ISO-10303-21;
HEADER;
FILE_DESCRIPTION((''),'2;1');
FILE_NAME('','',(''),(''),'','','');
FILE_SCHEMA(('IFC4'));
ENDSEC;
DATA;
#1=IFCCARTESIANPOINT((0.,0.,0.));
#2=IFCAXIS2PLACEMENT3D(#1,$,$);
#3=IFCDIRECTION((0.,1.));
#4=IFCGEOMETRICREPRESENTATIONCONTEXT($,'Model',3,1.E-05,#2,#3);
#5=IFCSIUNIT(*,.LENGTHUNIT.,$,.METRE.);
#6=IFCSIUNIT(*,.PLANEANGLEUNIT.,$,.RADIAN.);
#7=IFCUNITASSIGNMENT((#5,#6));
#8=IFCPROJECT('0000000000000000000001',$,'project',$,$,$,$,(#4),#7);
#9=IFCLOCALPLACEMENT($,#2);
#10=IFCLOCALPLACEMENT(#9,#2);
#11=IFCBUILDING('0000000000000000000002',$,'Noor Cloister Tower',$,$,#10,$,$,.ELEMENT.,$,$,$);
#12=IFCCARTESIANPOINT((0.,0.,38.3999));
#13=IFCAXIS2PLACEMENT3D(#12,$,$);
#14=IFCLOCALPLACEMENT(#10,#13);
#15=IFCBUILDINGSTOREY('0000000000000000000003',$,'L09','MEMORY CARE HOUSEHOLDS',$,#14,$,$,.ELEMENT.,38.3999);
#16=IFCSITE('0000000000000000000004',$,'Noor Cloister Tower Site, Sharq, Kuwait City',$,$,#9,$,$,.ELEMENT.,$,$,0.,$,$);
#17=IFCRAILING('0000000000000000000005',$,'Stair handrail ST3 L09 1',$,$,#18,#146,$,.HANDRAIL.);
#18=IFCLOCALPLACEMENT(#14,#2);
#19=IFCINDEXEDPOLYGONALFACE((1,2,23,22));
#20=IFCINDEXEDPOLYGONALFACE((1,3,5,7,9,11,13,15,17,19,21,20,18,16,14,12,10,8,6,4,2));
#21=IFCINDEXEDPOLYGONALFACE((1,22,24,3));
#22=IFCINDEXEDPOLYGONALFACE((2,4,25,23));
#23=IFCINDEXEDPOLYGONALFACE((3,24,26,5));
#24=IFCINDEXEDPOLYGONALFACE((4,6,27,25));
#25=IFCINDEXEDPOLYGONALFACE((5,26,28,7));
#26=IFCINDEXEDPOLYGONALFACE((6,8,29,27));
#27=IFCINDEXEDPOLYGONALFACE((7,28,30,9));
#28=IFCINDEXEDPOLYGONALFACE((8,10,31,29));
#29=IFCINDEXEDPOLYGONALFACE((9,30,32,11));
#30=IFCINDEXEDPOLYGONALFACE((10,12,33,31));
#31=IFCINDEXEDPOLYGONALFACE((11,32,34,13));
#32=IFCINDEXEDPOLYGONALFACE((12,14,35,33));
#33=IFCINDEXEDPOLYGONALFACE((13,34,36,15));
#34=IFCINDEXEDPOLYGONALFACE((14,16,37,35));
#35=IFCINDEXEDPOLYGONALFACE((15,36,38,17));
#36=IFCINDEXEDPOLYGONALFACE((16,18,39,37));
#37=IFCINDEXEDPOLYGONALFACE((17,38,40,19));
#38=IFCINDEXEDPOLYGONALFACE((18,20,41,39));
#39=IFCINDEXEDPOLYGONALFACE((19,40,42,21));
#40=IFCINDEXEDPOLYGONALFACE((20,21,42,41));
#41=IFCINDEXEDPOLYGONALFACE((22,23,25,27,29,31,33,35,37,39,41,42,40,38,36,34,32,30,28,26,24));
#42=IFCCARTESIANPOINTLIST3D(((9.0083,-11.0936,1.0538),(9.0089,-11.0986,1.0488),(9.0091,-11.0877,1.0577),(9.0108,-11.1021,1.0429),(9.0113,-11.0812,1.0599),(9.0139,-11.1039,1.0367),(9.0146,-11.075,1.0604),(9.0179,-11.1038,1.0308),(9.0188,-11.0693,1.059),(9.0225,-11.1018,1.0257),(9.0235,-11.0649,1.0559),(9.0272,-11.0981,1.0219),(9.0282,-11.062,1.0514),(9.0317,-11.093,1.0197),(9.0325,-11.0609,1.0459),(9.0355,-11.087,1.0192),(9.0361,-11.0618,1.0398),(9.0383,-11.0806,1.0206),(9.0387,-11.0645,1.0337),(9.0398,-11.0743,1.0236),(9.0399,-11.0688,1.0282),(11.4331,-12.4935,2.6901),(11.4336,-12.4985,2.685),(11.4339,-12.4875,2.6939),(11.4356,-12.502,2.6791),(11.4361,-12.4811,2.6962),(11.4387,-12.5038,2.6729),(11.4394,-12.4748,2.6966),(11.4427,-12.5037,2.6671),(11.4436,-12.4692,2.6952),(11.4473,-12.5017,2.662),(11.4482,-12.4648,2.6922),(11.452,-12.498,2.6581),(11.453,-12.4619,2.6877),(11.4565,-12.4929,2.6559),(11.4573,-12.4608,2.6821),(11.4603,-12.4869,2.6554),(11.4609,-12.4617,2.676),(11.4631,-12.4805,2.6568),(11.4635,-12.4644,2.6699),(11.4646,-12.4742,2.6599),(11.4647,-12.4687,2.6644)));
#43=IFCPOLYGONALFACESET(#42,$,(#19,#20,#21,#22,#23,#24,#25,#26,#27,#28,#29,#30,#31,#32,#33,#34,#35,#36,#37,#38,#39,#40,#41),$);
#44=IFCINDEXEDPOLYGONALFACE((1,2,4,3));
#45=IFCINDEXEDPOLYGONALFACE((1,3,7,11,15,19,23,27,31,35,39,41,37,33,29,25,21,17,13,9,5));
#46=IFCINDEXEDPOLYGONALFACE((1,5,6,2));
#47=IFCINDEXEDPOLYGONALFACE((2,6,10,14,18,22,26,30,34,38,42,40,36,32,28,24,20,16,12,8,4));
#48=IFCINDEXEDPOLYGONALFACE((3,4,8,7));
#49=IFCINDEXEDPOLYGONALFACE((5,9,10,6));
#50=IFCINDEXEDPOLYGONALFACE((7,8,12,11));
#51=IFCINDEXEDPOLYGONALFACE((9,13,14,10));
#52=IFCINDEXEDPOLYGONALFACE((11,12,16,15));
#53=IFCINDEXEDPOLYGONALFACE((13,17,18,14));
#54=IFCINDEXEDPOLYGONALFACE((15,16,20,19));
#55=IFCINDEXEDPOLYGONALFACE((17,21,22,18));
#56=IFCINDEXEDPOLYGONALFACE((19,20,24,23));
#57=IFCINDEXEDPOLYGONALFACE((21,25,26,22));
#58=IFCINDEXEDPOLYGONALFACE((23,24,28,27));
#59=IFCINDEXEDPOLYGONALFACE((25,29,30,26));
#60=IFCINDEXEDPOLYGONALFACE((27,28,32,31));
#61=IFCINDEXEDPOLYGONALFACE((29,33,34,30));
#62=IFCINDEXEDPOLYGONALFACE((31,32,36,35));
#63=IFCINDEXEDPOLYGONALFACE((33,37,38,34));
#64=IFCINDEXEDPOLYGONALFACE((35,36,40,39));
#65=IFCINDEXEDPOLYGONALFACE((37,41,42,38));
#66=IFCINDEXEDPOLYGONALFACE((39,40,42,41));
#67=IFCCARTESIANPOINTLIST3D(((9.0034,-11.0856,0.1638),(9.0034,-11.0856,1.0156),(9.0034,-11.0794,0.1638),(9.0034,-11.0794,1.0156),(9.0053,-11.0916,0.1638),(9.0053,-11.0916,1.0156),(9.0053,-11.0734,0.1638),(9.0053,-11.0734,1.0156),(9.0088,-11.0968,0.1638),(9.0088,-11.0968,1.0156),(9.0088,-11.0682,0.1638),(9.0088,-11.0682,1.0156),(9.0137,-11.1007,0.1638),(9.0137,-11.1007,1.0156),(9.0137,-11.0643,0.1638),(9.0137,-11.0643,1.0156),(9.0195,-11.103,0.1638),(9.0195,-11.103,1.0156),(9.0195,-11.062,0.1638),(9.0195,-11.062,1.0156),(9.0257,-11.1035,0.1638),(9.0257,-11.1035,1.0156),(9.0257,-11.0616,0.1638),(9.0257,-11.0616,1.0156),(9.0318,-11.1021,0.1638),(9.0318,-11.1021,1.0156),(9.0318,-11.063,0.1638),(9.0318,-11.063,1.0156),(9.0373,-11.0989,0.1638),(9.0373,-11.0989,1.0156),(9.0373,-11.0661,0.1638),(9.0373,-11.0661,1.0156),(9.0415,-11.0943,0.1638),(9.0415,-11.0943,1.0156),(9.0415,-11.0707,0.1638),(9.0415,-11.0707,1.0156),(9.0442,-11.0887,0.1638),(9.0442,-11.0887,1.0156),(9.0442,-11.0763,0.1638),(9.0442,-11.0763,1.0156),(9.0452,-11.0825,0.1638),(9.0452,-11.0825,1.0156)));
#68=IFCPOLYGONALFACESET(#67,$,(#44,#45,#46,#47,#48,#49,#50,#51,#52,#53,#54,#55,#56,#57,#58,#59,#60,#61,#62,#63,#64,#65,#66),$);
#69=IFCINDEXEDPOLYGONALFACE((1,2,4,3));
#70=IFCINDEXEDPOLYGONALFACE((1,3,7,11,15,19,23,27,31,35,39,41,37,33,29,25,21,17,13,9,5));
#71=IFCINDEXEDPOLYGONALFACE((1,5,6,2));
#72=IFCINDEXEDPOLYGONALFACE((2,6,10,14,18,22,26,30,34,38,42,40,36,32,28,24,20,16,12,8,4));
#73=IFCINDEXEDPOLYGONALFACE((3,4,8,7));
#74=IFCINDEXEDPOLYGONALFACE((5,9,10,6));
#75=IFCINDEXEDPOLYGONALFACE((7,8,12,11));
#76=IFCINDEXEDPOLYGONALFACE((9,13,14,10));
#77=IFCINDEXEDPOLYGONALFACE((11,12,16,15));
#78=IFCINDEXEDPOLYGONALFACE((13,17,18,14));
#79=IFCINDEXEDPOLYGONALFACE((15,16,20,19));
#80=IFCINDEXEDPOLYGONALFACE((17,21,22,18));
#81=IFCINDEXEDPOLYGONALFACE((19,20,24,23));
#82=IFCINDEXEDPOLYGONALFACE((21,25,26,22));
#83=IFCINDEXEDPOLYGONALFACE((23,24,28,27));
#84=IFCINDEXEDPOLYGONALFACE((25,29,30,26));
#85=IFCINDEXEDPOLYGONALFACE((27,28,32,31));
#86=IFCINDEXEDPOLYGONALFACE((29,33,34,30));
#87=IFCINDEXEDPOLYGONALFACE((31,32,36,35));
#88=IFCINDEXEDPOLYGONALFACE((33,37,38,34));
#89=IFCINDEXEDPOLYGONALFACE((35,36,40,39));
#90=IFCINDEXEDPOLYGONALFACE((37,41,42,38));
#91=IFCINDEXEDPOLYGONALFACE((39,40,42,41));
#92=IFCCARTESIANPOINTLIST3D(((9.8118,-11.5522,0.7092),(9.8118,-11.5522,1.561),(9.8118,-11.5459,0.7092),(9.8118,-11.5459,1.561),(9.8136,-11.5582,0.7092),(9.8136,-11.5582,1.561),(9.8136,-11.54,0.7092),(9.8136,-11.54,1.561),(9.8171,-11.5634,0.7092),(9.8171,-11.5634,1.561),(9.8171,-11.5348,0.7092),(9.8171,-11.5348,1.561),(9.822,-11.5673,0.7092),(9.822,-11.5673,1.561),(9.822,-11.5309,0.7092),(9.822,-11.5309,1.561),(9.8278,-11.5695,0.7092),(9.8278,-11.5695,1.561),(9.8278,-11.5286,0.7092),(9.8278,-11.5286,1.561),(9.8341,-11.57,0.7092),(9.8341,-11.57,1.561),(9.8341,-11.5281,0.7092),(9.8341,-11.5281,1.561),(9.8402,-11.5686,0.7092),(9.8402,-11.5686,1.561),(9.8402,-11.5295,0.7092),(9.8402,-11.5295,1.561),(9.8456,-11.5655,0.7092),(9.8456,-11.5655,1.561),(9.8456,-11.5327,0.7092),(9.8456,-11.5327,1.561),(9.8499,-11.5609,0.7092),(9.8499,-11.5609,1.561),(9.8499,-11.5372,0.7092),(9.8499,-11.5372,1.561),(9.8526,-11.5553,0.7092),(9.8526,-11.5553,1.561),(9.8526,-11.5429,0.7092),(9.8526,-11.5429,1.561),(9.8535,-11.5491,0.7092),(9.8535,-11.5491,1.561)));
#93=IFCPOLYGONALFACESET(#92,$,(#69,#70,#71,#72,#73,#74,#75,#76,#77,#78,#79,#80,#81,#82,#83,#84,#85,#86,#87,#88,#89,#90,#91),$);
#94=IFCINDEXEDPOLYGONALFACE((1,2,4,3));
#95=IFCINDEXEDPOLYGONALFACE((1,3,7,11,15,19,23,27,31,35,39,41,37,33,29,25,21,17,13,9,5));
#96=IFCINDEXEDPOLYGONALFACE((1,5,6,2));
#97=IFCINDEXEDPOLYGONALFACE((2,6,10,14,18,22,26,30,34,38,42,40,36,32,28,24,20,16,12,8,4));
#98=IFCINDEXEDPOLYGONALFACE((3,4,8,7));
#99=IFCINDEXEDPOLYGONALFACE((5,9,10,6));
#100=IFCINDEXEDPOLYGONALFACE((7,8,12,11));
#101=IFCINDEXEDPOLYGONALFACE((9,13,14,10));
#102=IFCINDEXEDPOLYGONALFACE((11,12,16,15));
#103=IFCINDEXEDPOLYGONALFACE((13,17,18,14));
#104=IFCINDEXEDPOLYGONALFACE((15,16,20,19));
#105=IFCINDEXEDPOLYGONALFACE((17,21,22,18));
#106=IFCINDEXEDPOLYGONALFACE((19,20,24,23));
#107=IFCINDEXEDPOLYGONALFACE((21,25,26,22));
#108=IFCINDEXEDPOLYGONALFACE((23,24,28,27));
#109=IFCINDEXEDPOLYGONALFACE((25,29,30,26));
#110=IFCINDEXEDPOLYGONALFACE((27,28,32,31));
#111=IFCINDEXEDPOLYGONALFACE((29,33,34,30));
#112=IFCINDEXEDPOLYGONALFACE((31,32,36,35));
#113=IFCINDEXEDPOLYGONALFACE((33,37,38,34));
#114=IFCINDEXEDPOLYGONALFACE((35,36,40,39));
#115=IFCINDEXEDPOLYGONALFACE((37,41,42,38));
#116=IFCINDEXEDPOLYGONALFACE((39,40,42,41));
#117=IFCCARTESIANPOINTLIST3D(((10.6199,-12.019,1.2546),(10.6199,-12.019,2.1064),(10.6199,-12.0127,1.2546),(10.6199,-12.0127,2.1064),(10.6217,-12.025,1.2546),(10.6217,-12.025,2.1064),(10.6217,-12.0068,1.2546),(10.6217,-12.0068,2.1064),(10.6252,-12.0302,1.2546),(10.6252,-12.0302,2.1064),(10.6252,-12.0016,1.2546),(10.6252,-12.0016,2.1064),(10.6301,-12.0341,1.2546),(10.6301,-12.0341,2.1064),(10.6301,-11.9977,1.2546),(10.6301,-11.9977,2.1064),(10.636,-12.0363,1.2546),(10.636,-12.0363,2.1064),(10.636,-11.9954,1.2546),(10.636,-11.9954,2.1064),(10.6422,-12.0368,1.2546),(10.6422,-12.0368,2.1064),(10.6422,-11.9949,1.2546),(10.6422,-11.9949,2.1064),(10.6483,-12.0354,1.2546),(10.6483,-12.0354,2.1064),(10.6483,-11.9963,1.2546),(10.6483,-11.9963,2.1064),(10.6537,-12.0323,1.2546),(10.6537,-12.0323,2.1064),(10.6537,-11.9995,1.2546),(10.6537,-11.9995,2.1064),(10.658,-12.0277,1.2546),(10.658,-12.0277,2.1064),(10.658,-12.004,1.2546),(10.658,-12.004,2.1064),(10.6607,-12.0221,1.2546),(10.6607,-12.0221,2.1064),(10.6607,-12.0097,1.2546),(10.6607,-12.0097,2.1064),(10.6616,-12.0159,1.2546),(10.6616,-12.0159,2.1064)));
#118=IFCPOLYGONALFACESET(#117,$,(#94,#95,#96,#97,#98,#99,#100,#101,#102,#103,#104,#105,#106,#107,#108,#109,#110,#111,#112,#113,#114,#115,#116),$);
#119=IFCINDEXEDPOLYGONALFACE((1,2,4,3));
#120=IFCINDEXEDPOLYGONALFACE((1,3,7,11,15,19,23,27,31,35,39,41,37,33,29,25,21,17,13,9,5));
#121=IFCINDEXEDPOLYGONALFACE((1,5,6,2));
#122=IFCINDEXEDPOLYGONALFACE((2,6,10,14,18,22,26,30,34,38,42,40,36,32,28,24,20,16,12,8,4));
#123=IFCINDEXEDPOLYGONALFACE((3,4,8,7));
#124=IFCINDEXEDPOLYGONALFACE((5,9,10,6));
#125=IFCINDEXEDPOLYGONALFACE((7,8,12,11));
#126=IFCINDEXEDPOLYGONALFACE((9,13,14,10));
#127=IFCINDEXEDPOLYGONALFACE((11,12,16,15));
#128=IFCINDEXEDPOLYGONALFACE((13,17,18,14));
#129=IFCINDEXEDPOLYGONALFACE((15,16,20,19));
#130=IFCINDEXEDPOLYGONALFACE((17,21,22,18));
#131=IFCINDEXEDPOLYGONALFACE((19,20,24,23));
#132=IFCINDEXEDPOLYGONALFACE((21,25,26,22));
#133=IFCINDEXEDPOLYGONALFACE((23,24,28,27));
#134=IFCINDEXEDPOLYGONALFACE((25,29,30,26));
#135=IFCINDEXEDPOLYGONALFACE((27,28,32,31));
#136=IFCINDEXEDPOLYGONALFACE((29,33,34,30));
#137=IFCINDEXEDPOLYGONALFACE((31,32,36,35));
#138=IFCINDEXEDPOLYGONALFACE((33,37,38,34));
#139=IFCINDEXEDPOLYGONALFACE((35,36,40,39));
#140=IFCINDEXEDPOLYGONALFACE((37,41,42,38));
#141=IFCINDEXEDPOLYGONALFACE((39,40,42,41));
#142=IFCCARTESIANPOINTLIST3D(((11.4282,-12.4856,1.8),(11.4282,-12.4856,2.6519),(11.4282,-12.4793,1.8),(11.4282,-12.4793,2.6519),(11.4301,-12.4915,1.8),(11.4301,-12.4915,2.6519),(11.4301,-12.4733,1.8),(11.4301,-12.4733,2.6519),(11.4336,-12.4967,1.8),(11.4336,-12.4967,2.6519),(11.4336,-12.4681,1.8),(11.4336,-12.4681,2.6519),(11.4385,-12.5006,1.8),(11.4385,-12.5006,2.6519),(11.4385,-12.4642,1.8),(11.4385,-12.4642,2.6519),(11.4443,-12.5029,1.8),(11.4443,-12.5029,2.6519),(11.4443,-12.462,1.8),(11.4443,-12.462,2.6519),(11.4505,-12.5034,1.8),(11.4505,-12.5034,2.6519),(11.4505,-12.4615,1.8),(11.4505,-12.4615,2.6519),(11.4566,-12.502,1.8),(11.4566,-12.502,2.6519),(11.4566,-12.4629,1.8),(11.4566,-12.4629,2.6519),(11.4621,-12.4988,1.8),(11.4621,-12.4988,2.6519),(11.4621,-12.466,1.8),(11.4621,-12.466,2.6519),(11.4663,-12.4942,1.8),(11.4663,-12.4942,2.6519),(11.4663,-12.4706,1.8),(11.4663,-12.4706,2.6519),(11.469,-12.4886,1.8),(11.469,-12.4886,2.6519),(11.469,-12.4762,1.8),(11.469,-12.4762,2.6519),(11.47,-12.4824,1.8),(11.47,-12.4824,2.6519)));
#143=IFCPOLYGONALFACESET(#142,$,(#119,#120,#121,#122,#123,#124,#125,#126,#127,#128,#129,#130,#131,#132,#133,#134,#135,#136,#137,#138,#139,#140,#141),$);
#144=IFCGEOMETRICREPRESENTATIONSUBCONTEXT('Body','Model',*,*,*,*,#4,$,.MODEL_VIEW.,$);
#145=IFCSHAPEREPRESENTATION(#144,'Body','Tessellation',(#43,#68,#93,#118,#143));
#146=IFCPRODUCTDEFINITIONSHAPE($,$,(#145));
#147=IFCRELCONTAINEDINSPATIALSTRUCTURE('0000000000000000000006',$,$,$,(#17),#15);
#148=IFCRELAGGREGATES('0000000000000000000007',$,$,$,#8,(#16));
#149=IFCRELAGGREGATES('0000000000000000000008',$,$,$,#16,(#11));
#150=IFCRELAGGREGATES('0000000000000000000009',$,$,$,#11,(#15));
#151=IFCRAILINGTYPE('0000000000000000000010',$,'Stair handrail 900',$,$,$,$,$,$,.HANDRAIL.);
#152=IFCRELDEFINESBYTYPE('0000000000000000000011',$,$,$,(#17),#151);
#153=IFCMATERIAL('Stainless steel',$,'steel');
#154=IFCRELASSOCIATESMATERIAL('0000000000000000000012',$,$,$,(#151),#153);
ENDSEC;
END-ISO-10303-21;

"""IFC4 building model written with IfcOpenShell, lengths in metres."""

from ifc_helpers import new_model, si_unit, direction, frame, origin, origin_2d, place, context, subcontext, project, spatial, circle, extrude, material, type_object, element, save


model = new_model("IFC4")

# Units and contexts
model_context = context("Model", 3, precision=1e-05, world=origin(), true_north=direction((0.0, 1.0)))
body_context = subcontext(model_context, "Body", "Model", "MODEL_VIEW")
ifc_project = project(units=[si_unit("LENGTHUNIT", "METRE"), si_unit("PLANEANGLEUNIT", "RADIAN")], contexts=[model_context])

# Site, building, storey
site_placement = place(None, origin())
site = spatial("IfcSite", under=ifc_project, at=site_placement, Name="Noor Cloister Tower Site, Sharq, Kuwait City", CompositionType="ELEMENT", RefElevation=0.0)
building_placement = place(site_placement, origin())
building = spatial("IfcBuilding", under=site, at=building_placement, Name="Noor Cloister Tower", CompositionType="ELEMENT")
storey_placement = place(building_placement, frame((0.0, 0.0, 38.3999)))
storey = spatial("IfcBuildingStorey", under=building, at=storey_placement, Name="L09", Description="MEMORY CARE HOUSEHOLDS", CompositionType="ELEMENT", Elevation=38.3999)

# Railing
ifc_material_1 = material(Name="Stainless steel", Category="steel")
railing_type_1 = type_object("IfcRailingType", Name="Stair handrail 900", PredefinedType="HANDRAIL", material=ifc_material_1)
railing_1_placement = place(storey_placement, frame((9.0242, -11.0825, 0.1638)))
element("IfcRailing", 1, at=railing_1_placement, inside=storey, type_object=railing_type_1, Name="Stair handrail ST3 L09 1", PredefinedType="HANDRAIL", context=body_context, shape_type="SweptSolid", body=[
    extrude(circle(Radius=0.0239, at=origin_2d()), frame((0.0, 0.0, 0.876), z_axis=(0.747718, -0.431677, 0.504552), x_axis=(0.499984, 0.866035, 0.0)), (0.0, 0.0, 1.0), 3.2429),
    extrude(circle(Radius=0.021, at=origin_2d()), origin(), (0.0, 0.0, 1.0), 0.8518),
    extrude(circle(Radius=0.021, at=origin_2d()), frame((0.8083, -0.4666, 0.5454)), (0.0, 0.0, 1.0), 0.8518),
    extrude(circle(Radius=0.021, at=origin_2d()), frame((1.6165, -0.9333, 1.0908)), (0.0, 0.0, 1.0), 0.8518),
    extrude(circle(Radius=0.021, at=origin_2d()), frame((2.4248, -1.3999, 1.6362)), (0.0, 0.0, 1.0), 0.8518),
])

save(model, "model.ifc")
